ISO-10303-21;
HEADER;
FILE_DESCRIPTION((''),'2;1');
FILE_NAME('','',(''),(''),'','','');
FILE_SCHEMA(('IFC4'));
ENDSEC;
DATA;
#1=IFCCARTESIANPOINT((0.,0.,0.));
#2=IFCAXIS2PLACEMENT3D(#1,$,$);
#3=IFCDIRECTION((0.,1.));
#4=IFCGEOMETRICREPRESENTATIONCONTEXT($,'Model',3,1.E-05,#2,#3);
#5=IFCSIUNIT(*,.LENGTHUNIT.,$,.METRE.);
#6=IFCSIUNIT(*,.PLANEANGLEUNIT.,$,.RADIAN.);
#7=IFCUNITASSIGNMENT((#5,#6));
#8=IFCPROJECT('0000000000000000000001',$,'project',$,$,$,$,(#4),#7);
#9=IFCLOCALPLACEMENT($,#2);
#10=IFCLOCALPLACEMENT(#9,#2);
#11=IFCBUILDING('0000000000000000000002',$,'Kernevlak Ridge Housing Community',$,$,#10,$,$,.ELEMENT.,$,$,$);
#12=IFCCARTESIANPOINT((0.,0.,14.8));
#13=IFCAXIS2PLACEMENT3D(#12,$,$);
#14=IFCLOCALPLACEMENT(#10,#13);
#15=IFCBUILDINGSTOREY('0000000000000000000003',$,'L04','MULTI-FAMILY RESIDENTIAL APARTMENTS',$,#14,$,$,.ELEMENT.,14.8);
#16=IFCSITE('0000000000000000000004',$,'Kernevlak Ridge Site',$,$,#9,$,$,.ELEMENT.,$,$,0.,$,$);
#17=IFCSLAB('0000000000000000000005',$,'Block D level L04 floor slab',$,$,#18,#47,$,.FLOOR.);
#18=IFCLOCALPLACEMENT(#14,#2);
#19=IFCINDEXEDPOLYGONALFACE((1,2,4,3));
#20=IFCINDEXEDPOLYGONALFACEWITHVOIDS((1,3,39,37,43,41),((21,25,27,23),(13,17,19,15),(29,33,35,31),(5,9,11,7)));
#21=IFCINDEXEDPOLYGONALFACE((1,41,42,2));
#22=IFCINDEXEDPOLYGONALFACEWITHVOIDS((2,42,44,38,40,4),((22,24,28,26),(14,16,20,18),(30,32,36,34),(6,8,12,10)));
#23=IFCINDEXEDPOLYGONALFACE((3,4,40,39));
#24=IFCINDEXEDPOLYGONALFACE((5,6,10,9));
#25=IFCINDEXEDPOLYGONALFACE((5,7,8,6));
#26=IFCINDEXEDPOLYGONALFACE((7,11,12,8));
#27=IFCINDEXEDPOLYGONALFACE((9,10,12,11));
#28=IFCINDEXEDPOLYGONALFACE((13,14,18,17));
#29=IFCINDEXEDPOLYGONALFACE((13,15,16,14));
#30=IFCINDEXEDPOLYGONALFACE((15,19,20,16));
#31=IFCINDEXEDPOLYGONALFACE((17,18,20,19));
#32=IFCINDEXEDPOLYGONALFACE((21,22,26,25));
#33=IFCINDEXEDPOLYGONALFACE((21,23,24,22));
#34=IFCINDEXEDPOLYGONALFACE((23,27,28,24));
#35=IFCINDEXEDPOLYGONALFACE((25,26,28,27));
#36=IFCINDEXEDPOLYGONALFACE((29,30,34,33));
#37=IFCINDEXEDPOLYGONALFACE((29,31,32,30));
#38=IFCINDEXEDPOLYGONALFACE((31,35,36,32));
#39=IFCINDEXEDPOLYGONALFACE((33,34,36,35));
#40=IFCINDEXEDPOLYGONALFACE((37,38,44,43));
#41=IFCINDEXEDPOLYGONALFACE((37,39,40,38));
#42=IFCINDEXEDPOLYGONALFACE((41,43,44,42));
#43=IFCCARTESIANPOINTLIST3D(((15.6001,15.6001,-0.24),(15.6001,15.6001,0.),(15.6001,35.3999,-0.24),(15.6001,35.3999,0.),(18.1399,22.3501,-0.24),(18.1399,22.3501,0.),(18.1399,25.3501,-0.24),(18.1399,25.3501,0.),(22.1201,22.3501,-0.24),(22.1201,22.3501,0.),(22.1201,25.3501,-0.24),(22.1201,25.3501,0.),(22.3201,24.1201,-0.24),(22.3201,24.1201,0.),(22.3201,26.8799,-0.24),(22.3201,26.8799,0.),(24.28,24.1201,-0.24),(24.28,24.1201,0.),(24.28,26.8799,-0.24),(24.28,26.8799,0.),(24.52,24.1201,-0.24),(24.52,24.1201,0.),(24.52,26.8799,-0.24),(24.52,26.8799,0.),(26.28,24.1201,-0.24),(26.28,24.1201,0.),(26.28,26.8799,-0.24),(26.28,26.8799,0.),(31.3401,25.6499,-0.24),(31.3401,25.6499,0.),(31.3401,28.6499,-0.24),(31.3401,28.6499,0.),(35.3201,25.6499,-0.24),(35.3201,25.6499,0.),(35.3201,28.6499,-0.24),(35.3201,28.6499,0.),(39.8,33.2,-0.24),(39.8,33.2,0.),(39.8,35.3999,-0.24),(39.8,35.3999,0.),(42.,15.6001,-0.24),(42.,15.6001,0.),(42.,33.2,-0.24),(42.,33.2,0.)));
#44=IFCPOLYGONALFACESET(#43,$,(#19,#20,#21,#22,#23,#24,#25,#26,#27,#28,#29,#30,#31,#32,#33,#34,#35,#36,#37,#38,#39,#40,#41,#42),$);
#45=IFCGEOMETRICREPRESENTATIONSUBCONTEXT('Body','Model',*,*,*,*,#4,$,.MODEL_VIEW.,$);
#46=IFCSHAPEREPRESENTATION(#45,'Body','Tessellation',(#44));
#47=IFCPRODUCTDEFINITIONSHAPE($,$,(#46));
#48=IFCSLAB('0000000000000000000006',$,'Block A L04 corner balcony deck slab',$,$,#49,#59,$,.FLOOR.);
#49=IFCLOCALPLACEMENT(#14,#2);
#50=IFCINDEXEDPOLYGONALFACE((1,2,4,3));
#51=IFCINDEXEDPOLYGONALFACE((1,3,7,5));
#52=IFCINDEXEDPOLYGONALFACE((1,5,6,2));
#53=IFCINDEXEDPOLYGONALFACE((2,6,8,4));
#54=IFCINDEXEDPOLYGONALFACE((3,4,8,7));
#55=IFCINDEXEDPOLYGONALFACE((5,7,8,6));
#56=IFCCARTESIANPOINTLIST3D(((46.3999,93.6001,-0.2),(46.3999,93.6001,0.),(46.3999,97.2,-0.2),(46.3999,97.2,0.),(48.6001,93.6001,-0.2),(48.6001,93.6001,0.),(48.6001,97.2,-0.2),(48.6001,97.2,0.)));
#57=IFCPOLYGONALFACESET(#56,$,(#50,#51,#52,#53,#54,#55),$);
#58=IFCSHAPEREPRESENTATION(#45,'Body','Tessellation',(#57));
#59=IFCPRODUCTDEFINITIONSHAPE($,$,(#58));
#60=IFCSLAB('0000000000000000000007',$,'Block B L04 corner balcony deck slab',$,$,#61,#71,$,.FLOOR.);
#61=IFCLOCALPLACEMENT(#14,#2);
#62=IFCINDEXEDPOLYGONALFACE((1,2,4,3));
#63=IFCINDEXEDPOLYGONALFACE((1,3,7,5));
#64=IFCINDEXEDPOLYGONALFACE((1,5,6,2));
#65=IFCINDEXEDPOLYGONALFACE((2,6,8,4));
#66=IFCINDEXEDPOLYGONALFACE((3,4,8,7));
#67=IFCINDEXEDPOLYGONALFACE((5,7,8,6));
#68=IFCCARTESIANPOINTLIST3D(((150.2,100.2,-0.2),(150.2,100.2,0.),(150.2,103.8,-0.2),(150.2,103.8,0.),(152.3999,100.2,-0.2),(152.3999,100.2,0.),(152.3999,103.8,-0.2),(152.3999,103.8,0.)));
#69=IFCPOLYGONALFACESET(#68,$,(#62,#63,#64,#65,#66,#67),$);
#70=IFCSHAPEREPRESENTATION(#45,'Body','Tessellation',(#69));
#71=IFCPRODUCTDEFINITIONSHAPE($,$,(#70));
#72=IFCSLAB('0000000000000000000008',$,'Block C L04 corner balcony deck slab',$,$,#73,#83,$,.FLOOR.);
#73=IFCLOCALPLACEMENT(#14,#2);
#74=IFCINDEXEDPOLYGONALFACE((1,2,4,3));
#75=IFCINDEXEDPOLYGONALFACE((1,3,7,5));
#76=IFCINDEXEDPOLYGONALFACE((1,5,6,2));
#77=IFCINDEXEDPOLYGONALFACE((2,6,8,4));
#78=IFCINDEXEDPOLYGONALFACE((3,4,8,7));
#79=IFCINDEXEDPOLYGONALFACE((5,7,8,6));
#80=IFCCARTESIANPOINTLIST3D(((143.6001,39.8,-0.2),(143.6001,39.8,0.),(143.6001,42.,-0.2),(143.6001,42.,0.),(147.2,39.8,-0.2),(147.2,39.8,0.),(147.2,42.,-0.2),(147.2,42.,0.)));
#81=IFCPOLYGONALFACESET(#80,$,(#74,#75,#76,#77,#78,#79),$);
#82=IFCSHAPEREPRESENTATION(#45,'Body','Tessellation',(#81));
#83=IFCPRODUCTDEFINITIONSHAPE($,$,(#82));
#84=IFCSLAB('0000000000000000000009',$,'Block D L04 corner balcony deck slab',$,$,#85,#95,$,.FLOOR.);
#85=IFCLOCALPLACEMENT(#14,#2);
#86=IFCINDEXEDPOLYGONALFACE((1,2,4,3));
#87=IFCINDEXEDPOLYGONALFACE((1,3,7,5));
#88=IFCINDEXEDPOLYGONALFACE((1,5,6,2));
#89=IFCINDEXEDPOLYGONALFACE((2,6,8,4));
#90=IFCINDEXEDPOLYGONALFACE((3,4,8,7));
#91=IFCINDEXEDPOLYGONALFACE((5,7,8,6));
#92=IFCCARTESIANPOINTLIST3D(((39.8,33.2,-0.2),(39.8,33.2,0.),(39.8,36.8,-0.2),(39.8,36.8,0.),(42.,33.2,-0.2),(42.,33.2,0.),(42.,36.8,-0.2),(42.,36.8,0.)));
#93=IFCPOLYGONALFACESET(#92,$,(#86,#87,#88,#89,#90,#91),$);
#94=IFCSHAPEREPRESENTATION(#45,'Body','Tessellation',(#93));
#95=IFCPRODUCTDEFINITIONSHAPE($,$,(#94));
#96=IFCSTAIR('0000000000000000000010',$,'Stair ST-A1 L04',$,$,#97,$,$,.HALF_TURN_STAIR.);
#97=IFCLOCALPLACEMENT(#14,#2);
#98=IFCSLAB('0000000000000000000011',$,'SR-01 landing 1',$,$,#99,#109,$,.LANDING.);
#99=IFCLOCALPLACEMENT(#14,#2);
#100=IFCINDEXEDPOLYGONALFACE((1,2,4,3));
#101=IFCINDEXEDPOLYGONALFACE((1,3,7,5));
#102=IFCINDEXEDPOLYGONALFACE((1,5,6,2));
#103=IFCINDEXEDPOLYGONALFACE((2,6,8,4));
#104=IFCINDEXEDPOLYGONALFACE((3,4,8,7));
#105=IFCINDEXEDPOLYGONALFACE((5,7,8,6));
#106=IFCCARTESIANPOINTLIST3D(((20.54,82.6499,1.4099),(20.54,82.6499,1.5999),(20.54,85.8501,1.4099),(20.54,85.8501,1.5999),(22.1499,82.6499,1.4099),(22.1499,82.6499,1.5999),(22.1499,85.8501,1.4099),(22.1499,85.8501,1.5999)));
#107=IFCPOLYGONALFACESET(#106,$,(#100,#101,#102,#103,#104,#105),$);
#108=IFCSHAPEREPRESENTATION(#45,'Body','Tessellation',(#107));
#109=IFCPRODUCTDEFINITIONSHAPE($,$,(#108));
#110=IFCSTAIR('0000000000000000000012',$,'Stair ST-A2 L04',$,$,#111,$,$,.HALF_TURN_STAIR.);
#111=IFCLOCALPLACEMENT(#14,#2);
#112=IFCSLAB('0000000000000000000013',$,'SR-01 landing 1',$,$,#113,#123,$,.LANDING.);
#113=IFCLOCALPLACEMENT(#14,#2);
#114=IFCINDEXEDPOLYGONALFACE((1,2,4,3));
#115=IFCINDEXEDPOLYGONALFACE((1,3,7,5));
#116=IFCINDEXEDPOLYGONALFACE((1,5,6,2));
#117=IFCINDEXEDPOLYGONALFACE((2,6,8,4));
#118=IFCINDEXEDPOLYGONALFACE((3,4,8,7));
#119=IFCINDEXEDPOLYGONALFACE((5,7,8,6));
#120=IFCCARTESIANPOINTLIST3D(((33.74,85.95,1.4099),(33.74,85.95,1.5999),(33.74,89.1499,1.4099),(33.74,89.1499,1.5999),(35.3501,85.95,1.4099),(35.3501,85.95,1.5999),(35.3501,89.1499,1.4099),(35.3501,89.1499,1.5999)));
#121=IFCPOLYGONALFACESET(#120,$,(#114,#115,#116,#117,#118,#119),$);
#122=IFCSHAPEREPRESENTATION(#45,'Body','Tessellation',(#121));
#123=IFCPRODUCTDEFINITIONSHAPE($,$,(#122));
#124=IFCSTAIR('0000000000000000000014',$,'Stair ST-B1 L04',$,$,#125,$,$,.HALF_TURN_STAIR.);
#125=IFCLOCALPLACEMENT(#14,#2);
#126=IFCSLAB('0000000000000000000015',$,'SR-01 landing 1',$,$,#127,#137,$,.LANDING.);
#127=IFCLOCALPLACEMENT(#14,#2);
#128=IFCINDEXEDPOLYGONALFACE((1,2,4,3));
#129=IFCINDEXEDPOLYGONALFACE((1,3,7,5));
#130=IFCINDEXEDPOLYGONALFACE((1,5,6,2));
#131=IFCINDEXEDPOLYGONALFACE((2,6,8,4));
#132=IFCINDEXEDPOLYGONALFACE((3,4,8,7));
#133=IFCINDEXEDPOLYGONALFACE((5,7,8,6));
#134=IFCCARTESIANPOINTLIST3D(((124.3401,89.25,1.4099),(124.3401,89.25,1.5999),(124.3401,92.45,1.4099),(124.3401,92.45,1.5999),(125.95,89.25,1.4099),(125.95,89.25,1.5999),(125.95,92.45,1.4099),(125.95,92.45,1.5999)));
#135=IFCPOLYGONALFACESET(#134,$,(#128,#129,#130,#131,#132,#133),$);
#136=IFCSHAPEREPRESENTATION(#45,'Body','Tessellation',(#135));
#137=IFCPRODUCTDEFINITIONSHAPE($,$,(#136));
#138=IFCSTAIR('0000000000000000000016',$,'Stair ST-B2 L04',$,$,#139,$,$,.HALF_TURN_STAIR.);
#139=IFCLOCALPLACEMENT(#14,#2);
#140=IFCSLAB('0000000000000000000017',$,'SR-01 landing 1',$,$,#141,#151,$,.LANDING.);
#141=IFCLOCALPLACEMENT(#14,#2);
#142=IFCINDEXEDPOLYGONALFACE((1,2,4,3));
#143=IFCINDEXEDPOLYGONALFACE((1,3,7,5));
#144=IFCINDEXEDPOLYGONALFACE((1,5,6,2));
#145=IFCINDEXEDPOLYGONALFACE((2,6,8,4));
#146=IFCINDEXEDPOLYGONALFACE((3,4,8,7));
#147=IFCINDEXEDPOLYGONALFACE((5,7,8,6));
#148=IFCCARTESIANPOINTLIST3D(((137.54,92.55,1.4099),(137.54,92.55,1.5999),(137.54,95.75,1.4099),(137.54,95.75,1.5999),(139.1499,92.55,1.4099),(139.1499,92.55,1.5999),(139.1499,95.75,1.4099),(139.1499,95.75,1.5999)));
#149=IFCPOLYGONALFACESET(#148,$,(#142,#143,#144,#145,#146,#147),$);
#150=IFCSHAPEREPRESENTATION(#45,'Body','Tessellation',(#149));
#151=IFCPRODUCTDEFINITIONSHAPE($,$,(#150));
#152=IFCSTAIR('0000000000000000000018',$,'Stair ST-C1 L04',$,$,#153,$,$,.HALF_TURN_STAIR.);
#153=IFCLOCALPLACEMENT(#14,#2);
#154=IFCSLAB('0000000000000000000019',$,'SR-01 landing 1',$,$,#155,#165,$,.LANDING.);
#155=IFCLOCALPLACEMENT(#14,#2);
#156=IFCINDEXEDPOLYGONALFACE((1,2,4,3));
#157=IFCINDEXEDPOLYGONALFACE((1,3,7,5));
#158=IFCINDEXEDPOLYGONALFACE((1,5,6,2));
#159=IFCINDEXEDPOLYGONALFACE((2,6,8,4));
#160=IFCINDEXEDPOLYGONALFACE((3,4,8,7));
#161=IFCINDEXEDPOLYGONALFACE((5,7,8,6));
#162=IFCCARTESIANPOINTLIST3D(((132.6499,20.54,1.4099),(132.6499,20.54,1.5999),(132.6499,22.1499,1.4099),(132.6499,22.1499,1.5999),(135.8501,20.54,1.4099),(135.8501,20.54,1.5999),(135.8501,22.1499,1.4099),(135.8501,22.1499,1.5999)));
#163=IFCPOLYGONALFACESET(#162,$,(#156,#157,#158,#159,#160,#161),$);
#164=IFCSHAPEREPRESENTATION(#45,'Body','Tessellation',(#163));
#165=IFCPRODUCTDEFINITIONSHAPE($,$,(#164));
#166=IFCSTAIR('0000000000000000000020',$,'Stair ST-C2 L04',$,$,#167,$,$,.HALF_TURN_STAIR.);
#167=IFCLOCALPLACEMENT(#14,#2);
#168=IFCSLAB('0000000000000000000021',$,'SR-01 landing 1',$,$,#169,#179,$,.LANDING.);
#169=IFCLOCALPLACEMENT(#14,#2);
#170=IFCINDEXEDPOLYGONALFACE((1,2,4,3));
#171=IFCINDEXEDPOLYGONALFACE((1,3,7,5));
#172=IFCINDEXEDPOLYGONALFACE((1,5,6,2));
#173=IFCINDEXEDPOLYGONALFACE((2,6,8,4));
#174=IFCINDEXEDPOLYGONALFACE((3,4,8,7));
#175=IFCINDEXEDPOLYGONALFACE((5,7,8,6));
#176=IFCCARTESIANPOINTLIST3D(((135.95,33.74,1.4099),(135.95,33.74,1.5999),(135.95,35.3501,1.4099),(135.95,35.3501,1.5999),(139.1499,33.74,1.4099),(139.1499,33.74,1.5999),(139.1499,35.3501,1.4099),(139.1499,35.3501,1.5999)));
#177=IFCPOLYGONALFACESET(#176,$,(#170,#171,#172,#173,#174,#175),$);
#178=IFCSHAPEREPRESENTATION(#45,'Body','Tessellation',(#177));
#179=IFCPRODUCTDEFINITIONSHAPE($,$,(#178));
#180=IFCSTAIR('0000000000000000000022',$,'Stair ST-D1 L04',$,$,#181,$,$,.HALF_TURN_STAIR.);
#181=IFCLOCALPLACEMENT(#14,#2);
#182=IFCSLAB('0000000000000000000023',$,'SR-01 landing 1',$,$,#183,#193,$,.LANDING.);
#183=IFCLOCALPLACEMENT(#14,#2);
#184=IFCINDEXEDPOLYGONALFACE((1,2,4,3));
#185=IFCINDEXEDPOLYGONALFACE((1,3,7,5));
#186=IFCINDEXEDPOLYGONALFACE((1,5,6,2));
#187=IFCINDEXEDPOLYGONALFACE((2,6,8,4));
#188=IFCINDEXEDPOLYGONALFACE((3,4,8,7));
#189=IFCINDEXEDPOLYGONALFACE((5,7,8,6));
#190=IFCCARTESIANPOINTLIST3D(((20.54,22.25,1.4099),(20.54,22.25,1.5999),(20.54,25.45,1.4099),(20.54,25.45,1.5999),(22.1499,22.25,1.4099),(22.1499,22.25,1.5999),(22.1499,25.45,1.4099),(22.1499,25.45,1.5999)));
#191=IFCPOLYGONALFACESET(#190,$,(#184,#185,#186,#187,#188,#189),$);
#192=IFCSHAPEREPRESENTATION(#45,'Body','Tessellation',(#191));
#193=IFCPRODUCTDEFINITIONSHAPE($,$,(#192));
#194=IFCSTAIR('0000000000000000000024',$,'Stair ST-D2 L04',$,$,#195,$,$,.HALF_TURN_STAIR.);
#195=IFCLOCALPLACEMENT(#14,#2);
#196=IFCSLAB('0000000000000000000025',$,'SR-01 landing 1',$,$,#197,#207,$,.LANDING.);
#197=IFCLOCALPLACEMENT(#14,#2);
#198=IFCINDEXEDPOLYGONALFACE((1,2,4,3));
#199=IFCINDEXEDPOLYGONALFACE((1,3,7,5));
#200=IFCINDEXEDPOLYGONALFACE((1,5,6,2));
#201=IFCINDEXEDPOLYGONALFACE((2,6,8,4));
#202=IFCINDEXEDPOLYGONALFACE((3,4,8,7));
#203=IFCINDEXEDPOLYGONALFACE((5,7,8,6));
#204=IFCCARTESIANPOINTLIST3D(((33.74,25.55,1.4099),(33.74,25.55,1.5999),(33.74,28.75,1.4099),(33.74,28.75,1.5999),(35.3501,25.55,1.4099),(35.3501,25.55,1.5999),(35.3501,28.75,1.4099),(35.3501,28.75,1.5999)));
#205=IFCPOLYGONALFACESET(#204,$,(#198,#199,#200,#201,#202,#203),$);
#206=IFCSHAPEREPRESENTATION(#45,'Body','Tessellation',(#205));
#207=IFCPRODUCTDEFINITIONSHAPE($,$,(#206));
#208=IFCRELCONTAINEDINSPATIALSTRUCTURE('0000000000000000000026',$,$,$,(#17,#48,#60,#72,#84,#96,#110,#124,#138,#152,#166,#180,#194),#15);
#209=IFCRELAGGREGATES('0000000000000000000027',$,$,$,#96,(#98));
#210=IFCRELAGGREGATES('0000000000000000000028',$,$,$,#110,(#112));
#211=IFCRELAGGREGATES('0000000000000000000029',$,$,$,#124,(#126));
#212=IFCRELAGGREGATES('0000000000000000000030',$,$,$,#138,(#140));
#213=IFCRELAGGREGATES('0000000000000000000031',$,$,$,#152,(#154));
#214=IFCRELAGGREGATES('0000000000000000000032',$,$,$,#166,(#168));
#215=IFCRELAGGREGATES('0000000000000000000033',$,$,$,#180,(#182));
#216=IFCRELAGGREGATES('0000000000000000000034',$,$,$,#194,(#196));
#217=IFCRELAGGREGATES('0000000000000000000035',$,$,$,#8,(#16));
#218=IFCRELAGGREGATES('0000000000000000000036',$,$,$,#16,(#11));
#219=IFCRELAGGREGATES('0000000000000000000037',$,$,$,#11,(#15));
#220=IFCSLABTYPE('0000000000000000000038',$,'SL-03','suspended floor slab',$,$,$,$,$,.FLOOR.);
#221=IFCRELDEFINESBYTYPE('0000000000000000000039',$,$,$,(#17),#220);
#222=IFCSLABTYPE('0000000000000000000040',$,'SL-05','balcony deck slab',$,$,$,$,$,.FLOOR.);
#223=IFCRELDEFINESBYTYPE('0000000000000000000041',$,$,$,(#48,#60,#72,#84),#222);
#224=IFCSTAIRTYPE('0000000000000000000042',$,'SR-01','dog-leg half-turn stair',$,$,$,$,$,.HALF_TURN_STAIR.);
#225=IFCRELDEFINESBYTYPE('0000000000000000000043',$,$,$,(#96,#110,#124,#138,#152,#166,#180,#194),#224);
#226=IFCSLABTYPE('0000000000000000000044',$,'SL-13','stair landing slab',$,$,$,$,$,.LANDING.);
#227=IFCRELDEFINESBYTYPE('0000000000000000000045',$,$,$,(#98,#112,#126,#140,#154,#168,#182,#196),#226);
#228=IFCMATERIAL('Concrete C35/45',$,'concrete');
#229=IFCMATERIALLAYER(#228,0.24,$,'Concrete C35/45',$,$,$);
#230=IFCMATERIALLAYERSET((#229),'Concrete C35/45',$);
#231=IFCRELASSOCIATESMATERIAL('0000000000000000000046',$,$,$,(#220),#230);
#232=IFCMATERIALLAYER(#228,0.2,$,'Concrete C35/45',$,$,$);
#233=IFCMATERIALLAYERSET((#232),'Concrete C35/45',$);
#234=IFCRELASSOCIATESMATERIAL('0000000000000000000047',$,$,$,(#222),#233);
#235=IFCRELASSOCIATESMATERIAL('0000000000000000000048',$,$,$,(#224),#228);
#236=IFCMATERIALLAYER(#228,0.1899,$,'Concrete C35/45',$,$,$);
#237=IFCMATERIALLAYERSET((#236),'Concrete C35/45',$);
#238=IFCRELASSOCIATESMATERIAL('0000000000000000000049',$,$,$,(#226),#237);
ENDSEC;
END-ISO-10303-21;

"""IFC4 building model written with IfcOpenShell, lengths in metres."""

from ifc_helpers import new_model, si_unit, direction, frame, origin, place, context, subcontext, project, spatial, polyline, outline, extrude, material, layer, layer_set, type_object, element, aggregate, save


model = new_model("IFC4")

# Units and contexts
model_context = context("Model", 3, precision=1e-05, world=origin(), true_north=direction((0.0, 1.0)))
body_context = subcontext(model_context, "Body", "Model", "MODEL_VIEW")
ifc_project = project(units=[si_unit("LENGTHUNIT", "METRE"), si_unit("PLANEANGLEUNIT", "RADIAN")], contexts=[model_context])

# Site, building, storey
site_placement = place(None, origin())
site = spatial("IfcSite", under=ifc_project, at=site_placement, Name="Kernevlak Ridge Site", CompositionType="ELEMENT", RefElevation=0.0)
building_placement = place(site_placement, origin())
building = spatial("IfcBuilding", under=site, at=building_placement, Name="Kernevlak Ridge Housing Community", CompositionType="ELEMENT")
storey_placement = place(building_placement, frame((0.0, 0.0, 14.8)))
storey = spatial("IfcBuildingStorey", under=building, at=storey_placement, Name="L04", Description="MULTI-FAMILY RESIDENTIAL APARTMENTS", CompositionType="ELEMENT", Elevation=14.8)

# Shared definitions
ifc_material_1 = material(Name="Concrete C35/45", Category="concrete")

# Slabs
ifc_layer_1 = layer(ifc_material_1, 0.24, Name="Concrete C35/45")
ifc_layer_set_1 = layer_set([ifc_layer_1], Name="Concrete C35/45")
slab_type_1 = type_object("IfcSlabType", Name="SL-03", Description="suspended floor slab", PredefinedType="FLOOR", material=ifc_layer_set_1)
slab_1_placement = place(storey_placement, frame((0.0, 0.0, -0.24)))
element("IfcSlab", 1, at=slab_1_placement, inside=storey, type_object=slab_type_1, Name="Block D level L04 floor slab", PredefinedType="FLOOR", context=body_context, shape_type="SweptSolid", body=[
    extrude(outline(polyline([(15.6001, 15.6001), (42.0, 15.6001), (42.0, 33.2), (39.8, 33.2), (39.8, 35.3999), (15.6001, 35.3999), (15.6001, 15.6001)]), holes=[polyline([(18.1399, 25.3501), (22.1201, 25.3501), (22.1201, 22.3501), (18.1399, 22.3501), (18.1399, 25.3501)]), polyline([(31.3401, 28.6499), (35.3201, 28.6499), (35.3201, 25.6499), (31.3401, 25.6499), (31.3401, 28.6499)]), polyline([(22.3201, 26.8799), (24.28, 26.8799), (24.28, 24.1201), (22.3201, 24.1201), (22.3201, 26.8799)]), polyline([(24.52, 26.8799), (26.28, 26.8799), (26.28, 24.1201), (24.52, 24.1201), (24.52, 26.8799)])]), origin(), (0.0, 0.0, 1.0), 0.24),
])
ifc_layer_2 = layer(ifc_material_1, 0.2, Name="Concrete C35/45")
ifc_layer_set_2 = layer_set([ifc_layer_2], Name="Concrete C35/45")
slab_type_2 = type_object("IfcSlabType", Name="SL-05", Description="balcony deck slab", PredefinedType="FLOOR", material=ifc_layer_set_2)
slab_2_placement = place(storey_placement, frame((0.0, 0.0, -0.2)))
element("IfcSlab", 2, at=slab_2_placement, inside=storey, type_object=slab_type_2, Name="Block A L04 corner balcony deck slab", PredefinedType="FLOOR", context=body_context, shape_type="SweptSolid", body=[
    extrude(outline(polyline([(46.3999, 93.6001), (48.6001, 93.6001), (48.6001, 97.2), (46.3999, 97.2), (46.3999, 93.6001)])), origin(), (0.0, 0.0, 1.0), 0.2),
])
slab_3_placement = place(storey_placement, frame((0.0, 0.0, -0.2)))
element("IfcSlab", 3, at=slab_3_placement, inside=storey, type_object=slab_type_2, Name="Block B L04 corner balcony deck slab", PredefinedType="FLOOR", context=body_context, shape_type="SweptSolid", body=[
    extrude(outline(polyline([(150.2, 100.2), (152.3999, 100.2), (152.3999, 103.8), (150.2, 103.8), (150.2, 100.2)])), origin(), (0.0, 0.0, 1.0), 0.2),
])
slab_4_placement = place(storey_placement, frame((0.0, 0.0, -0.2)))
element("IfcSlab", 4, at=slab_4_placement, inside=storey, type_object=slab_type_2, Name="Block C L04 corner balcony deck slab", PredefinedType="FLOOR", context=body_context, shape_type="SweptSolid", body=[
    extrude(outline(polyline([(147.2, 39.8), (147.2, 42.0), (143.6001, 42.0), (143.6001, 39.8), (147.2, 39.8)])), origin(), (0.0, 0.0, 1.0), 0.2),
])
slab_5_placement = place(storey_placement, frame((0.0, 0.0, -0.2)))
element("IfcSlab", 5, at=slab_5_placement, inside=storey, type_object=slab_type_2, Name="Block D L04 corner balcony deck slab", PredefinedType="FLOOR", context=body_context, shape_type="SweptSolid", body=[
    extrude(outline(polyline([(39.8, 33.2), (42.0, 33.2), (42.0, 36.8), (39.8, 36.8), (39.8, 33.2)])), origin(), (0.0, 0.0, 1.0), 0.2),
])

# Stairs, slabs
stair_type = type_object("IfcStairType", Name="SR-01", Description="dog-leg half-turn stair", PredefinedType="HALF_TURN_STAIR", material=ifc_material_1)
stair_1_placement = place(storey_placement, origin())
stair_1 = element("IfcStair", 6, at=stair_1_placement, inside=storey, type_object=stair_type, Name="Stair ST-A1 L04", PredefinedType="HALF_TURN_STAIR")
ifc_layer_3 = layer(ifc_material_1, 0.1899, Name="Concrete C35/45")
ifc_layer_set_3 = layer_set([ifc_layer_3], Name="Concrete C35/45")
slab_type_3 = type_object("IfcSlabType", Name="SL-13", Description="stair landing slab", PredefinedType="LANDING", material=ifc_layer_set_3)
slab_6_placement = place(storey_placement, frame((0.0, 0.0, 1.4099)))
slab_6 = element("IfcSlab", 7, at=slab_6_placement, type_object=slab_type_3, Name="SR-01 landing 1", PredefinedType="LANDING", context=body_context, shape_type="SweptSolid", body=[
    extrude(outline(polyline([(20.54, 82.6499), (22.1499, 82.6499), (22.1499, 85.8501), (20.54, 85.8501), (20.54, 82.6499)])), origin(), (0.0, 0.0, 1.0), 0.1899),
])
aggregate(stair_1, [slab_6])
stair_2_placement = place(storey_placement, origin())
stair_2 = element("IfcStair", 8, at=stair_2_placement, inside=storey, type_object=stair_type, Name="Stair ST-A2 L04", PredefinedType="HALF_TURN_STAIR")
slab_7_placement = place(storey_placement, frame((0.0, 0.0, 1.4099)))
slab_7 = element("IfcSlab", 9, at=slab_7_placement, type_object=slab_type_3, Name="SR-01 landing 1", PredefinedType="LANDING", context=body_context, shape_type="SweptSolid", body=[
    extrude(outline(polyline([(33.74, 85.95), (35.3501, 85.95), (35.3501, 89.1499), (33.74, 89.1499), (33.74, 85.95)])), origin(), (0.0, 0.0, 1.0), 0.1899),
])
aggregate(stair_2, [slab_7])
stair_3_placement = place(storey_placement, origin())
stair_3 = element("IfcStair", 10, at=stair_3_placement, inside=storey, type_object=stair_type, Name="Stair ST-B1 L04", PredefinedType="HALF_TURN_STAIR")
slab_8_placement = place(storey_placement, frame((0.0, 0.0, 1.4099)))
slab_8 = element("IfcSlab", 11, at=slab_8_placement, type_object=slab_type_3, Name="SR-01 landing 1", PredefinedType="LANDING", context=body_context, shape_type="SweptSolid", body=[
    extrude(outline(polyline([(124.3401, 89.25), (125.95, 89.25), (125.95, 92.45), (124.3401, 92.45), (124.3401, 89.25)])), origin(), (0.0, 0.0, 1.0), 0.1899),
])
aggregate(stair_3, [slab_8])
stair_4_placement = place(storey_placement, origin())
stair_4 = element("IfcStair", 12, at=stair_4_placement, inside=storey, type_object=stair_type, Name="Stair ST-B2 L04", PredefinedType="HALF_TURN_STAIR")
slab_9_placement = place(storey_placement, frame((0.0, 0.0, 1.4099)))
slab_9 = element("IfcSlab", 13, at=slab_9_placement, type_object=slab_type_3, Name="SR-01 landing 1", PredefinedType="LANDING", context=body_context, shape_type="SweptSolid", body=[
    extrude(outline(polyline([(137.54, 92.55), (139.1499, 92.55), (139.1499, 95.75), (137.54, 95.75), (137.54, 92.55)])), origin(), (0.0, 0.0, 1.0), 0.1899),
])
aggregate(stair_4, [slab_9])
stair_5_placement = place(storey_placement, origin())
stair_5 = element("IfcStair", 14, at=stair_5_placement, inside=storey, type_object=stair_type, Name="Stair ST-C1 L04", PredefinedType="HALF_TURN_STAIR")
slab_10_placement = place(storey_placement, frame((0.0, 0.0, 1.4099)))
slab_10 = element("IfcSlab", 15, at=slab_10_placement, type_object=slab_type_3, Name="SR-01 landing 1", PredefinedType="LANDING", context=body_context, shape_type="SweptSolid", body=[
    extrude(outline(polyline([(135.8501, 20.54), (135.8501, 22.1499), (132.6499, 22.1499), (132.6499, 20.54), (135.8501, 20.54)])), origin(), (0.0, 0.0, 1.0), 0.1899),
])
aggregate(stair_5, [slab_10])
stair_6_placement = place(storey_placement, origin())
stair_6 = element("IfcStair", 16, at=stair_6_placement, inside=storey, type_object=stair_type, Name="Stair ST-C2 L04", PredefinedType="HALF_TURN_STAIR")
slab_11_placement = place(storey_placement, frame((0.0, 0.0, 1.4099)))
slab_11 = element("IfcSlab", 17, at=slab_11_placement, type_object=slab_type_3, Name="SR-01 landing 1", PredefinedType="LANDING", context=body_context, shape_type="SweptSolid", body=[
    extrude(outline(polyline([(139.1499, 33.74), (139.1499, 35.3501), (135.95, 35.3501), (135.95, 33.74), (139.1499, 33.74)])), origin(), (0.0, 0.0, 1.0), 0.1899),
])
aggregate(stair_6, [slab_11])
stair_7_placement = place(storey_placement, origin())
stair_7 = element("IfcStair", 18, at=stair_7_placement, inside=storey, type_object=stair_type, Name="Stair ST-D1 L04", PredefinedType="HALF_TURN_STAIR")
slab_12_placement = place(storey_placement, frame((0.0, 0.0, 1.4099)))
slab_12 = element("IfcSlab", 19, at=slab_12_placement, type_object=slab_type_3, Name="SR-01 landing 1", PredefinedType="LANDING", context=body_context, shape_type="SweptSolid", body=[
    extrude(outline(polyline([(20.54, 22.25), (22.1499, 22.25), (22.1499, 25.45), (20.54, 25.45), (20.54, 22.25)])), origin(), (0.0, 0.0, 1.0), 0.1899),
])
aggregate(stair_7, [slab_12])
stair_8_placement = place(storey_placement, origin())
stair_8 = element("IfcStair", 20, at=stair_8_placement, inside=storey, type_object=stair_type, Name="Stair ST-D2 L04", PredefinedType="HALF_TURN_STAIR")
slab_13_placement = place(storey_placement, frame((0.0, 0.0, 1.4099)))
slab_13 = element("IfcSlab", 21, at=slab_13_placement, type_object=slab_type_3, Name="SR-01 landing 1", PredefinedType="LANDING", context=body_context, shape_type="SweptSolid", body=[
    extrude(outline(polyline([(33.74, 25.55), (35.3501, 25.55), (35.3501, 28.75), (33.74, 28.75), (33.74, 25.55)])), origin(), (0.0, 0.0, 1.0), 0.1899),
])
aggregate(stair_8, [slab_13])

save(model, "model.ifc")
